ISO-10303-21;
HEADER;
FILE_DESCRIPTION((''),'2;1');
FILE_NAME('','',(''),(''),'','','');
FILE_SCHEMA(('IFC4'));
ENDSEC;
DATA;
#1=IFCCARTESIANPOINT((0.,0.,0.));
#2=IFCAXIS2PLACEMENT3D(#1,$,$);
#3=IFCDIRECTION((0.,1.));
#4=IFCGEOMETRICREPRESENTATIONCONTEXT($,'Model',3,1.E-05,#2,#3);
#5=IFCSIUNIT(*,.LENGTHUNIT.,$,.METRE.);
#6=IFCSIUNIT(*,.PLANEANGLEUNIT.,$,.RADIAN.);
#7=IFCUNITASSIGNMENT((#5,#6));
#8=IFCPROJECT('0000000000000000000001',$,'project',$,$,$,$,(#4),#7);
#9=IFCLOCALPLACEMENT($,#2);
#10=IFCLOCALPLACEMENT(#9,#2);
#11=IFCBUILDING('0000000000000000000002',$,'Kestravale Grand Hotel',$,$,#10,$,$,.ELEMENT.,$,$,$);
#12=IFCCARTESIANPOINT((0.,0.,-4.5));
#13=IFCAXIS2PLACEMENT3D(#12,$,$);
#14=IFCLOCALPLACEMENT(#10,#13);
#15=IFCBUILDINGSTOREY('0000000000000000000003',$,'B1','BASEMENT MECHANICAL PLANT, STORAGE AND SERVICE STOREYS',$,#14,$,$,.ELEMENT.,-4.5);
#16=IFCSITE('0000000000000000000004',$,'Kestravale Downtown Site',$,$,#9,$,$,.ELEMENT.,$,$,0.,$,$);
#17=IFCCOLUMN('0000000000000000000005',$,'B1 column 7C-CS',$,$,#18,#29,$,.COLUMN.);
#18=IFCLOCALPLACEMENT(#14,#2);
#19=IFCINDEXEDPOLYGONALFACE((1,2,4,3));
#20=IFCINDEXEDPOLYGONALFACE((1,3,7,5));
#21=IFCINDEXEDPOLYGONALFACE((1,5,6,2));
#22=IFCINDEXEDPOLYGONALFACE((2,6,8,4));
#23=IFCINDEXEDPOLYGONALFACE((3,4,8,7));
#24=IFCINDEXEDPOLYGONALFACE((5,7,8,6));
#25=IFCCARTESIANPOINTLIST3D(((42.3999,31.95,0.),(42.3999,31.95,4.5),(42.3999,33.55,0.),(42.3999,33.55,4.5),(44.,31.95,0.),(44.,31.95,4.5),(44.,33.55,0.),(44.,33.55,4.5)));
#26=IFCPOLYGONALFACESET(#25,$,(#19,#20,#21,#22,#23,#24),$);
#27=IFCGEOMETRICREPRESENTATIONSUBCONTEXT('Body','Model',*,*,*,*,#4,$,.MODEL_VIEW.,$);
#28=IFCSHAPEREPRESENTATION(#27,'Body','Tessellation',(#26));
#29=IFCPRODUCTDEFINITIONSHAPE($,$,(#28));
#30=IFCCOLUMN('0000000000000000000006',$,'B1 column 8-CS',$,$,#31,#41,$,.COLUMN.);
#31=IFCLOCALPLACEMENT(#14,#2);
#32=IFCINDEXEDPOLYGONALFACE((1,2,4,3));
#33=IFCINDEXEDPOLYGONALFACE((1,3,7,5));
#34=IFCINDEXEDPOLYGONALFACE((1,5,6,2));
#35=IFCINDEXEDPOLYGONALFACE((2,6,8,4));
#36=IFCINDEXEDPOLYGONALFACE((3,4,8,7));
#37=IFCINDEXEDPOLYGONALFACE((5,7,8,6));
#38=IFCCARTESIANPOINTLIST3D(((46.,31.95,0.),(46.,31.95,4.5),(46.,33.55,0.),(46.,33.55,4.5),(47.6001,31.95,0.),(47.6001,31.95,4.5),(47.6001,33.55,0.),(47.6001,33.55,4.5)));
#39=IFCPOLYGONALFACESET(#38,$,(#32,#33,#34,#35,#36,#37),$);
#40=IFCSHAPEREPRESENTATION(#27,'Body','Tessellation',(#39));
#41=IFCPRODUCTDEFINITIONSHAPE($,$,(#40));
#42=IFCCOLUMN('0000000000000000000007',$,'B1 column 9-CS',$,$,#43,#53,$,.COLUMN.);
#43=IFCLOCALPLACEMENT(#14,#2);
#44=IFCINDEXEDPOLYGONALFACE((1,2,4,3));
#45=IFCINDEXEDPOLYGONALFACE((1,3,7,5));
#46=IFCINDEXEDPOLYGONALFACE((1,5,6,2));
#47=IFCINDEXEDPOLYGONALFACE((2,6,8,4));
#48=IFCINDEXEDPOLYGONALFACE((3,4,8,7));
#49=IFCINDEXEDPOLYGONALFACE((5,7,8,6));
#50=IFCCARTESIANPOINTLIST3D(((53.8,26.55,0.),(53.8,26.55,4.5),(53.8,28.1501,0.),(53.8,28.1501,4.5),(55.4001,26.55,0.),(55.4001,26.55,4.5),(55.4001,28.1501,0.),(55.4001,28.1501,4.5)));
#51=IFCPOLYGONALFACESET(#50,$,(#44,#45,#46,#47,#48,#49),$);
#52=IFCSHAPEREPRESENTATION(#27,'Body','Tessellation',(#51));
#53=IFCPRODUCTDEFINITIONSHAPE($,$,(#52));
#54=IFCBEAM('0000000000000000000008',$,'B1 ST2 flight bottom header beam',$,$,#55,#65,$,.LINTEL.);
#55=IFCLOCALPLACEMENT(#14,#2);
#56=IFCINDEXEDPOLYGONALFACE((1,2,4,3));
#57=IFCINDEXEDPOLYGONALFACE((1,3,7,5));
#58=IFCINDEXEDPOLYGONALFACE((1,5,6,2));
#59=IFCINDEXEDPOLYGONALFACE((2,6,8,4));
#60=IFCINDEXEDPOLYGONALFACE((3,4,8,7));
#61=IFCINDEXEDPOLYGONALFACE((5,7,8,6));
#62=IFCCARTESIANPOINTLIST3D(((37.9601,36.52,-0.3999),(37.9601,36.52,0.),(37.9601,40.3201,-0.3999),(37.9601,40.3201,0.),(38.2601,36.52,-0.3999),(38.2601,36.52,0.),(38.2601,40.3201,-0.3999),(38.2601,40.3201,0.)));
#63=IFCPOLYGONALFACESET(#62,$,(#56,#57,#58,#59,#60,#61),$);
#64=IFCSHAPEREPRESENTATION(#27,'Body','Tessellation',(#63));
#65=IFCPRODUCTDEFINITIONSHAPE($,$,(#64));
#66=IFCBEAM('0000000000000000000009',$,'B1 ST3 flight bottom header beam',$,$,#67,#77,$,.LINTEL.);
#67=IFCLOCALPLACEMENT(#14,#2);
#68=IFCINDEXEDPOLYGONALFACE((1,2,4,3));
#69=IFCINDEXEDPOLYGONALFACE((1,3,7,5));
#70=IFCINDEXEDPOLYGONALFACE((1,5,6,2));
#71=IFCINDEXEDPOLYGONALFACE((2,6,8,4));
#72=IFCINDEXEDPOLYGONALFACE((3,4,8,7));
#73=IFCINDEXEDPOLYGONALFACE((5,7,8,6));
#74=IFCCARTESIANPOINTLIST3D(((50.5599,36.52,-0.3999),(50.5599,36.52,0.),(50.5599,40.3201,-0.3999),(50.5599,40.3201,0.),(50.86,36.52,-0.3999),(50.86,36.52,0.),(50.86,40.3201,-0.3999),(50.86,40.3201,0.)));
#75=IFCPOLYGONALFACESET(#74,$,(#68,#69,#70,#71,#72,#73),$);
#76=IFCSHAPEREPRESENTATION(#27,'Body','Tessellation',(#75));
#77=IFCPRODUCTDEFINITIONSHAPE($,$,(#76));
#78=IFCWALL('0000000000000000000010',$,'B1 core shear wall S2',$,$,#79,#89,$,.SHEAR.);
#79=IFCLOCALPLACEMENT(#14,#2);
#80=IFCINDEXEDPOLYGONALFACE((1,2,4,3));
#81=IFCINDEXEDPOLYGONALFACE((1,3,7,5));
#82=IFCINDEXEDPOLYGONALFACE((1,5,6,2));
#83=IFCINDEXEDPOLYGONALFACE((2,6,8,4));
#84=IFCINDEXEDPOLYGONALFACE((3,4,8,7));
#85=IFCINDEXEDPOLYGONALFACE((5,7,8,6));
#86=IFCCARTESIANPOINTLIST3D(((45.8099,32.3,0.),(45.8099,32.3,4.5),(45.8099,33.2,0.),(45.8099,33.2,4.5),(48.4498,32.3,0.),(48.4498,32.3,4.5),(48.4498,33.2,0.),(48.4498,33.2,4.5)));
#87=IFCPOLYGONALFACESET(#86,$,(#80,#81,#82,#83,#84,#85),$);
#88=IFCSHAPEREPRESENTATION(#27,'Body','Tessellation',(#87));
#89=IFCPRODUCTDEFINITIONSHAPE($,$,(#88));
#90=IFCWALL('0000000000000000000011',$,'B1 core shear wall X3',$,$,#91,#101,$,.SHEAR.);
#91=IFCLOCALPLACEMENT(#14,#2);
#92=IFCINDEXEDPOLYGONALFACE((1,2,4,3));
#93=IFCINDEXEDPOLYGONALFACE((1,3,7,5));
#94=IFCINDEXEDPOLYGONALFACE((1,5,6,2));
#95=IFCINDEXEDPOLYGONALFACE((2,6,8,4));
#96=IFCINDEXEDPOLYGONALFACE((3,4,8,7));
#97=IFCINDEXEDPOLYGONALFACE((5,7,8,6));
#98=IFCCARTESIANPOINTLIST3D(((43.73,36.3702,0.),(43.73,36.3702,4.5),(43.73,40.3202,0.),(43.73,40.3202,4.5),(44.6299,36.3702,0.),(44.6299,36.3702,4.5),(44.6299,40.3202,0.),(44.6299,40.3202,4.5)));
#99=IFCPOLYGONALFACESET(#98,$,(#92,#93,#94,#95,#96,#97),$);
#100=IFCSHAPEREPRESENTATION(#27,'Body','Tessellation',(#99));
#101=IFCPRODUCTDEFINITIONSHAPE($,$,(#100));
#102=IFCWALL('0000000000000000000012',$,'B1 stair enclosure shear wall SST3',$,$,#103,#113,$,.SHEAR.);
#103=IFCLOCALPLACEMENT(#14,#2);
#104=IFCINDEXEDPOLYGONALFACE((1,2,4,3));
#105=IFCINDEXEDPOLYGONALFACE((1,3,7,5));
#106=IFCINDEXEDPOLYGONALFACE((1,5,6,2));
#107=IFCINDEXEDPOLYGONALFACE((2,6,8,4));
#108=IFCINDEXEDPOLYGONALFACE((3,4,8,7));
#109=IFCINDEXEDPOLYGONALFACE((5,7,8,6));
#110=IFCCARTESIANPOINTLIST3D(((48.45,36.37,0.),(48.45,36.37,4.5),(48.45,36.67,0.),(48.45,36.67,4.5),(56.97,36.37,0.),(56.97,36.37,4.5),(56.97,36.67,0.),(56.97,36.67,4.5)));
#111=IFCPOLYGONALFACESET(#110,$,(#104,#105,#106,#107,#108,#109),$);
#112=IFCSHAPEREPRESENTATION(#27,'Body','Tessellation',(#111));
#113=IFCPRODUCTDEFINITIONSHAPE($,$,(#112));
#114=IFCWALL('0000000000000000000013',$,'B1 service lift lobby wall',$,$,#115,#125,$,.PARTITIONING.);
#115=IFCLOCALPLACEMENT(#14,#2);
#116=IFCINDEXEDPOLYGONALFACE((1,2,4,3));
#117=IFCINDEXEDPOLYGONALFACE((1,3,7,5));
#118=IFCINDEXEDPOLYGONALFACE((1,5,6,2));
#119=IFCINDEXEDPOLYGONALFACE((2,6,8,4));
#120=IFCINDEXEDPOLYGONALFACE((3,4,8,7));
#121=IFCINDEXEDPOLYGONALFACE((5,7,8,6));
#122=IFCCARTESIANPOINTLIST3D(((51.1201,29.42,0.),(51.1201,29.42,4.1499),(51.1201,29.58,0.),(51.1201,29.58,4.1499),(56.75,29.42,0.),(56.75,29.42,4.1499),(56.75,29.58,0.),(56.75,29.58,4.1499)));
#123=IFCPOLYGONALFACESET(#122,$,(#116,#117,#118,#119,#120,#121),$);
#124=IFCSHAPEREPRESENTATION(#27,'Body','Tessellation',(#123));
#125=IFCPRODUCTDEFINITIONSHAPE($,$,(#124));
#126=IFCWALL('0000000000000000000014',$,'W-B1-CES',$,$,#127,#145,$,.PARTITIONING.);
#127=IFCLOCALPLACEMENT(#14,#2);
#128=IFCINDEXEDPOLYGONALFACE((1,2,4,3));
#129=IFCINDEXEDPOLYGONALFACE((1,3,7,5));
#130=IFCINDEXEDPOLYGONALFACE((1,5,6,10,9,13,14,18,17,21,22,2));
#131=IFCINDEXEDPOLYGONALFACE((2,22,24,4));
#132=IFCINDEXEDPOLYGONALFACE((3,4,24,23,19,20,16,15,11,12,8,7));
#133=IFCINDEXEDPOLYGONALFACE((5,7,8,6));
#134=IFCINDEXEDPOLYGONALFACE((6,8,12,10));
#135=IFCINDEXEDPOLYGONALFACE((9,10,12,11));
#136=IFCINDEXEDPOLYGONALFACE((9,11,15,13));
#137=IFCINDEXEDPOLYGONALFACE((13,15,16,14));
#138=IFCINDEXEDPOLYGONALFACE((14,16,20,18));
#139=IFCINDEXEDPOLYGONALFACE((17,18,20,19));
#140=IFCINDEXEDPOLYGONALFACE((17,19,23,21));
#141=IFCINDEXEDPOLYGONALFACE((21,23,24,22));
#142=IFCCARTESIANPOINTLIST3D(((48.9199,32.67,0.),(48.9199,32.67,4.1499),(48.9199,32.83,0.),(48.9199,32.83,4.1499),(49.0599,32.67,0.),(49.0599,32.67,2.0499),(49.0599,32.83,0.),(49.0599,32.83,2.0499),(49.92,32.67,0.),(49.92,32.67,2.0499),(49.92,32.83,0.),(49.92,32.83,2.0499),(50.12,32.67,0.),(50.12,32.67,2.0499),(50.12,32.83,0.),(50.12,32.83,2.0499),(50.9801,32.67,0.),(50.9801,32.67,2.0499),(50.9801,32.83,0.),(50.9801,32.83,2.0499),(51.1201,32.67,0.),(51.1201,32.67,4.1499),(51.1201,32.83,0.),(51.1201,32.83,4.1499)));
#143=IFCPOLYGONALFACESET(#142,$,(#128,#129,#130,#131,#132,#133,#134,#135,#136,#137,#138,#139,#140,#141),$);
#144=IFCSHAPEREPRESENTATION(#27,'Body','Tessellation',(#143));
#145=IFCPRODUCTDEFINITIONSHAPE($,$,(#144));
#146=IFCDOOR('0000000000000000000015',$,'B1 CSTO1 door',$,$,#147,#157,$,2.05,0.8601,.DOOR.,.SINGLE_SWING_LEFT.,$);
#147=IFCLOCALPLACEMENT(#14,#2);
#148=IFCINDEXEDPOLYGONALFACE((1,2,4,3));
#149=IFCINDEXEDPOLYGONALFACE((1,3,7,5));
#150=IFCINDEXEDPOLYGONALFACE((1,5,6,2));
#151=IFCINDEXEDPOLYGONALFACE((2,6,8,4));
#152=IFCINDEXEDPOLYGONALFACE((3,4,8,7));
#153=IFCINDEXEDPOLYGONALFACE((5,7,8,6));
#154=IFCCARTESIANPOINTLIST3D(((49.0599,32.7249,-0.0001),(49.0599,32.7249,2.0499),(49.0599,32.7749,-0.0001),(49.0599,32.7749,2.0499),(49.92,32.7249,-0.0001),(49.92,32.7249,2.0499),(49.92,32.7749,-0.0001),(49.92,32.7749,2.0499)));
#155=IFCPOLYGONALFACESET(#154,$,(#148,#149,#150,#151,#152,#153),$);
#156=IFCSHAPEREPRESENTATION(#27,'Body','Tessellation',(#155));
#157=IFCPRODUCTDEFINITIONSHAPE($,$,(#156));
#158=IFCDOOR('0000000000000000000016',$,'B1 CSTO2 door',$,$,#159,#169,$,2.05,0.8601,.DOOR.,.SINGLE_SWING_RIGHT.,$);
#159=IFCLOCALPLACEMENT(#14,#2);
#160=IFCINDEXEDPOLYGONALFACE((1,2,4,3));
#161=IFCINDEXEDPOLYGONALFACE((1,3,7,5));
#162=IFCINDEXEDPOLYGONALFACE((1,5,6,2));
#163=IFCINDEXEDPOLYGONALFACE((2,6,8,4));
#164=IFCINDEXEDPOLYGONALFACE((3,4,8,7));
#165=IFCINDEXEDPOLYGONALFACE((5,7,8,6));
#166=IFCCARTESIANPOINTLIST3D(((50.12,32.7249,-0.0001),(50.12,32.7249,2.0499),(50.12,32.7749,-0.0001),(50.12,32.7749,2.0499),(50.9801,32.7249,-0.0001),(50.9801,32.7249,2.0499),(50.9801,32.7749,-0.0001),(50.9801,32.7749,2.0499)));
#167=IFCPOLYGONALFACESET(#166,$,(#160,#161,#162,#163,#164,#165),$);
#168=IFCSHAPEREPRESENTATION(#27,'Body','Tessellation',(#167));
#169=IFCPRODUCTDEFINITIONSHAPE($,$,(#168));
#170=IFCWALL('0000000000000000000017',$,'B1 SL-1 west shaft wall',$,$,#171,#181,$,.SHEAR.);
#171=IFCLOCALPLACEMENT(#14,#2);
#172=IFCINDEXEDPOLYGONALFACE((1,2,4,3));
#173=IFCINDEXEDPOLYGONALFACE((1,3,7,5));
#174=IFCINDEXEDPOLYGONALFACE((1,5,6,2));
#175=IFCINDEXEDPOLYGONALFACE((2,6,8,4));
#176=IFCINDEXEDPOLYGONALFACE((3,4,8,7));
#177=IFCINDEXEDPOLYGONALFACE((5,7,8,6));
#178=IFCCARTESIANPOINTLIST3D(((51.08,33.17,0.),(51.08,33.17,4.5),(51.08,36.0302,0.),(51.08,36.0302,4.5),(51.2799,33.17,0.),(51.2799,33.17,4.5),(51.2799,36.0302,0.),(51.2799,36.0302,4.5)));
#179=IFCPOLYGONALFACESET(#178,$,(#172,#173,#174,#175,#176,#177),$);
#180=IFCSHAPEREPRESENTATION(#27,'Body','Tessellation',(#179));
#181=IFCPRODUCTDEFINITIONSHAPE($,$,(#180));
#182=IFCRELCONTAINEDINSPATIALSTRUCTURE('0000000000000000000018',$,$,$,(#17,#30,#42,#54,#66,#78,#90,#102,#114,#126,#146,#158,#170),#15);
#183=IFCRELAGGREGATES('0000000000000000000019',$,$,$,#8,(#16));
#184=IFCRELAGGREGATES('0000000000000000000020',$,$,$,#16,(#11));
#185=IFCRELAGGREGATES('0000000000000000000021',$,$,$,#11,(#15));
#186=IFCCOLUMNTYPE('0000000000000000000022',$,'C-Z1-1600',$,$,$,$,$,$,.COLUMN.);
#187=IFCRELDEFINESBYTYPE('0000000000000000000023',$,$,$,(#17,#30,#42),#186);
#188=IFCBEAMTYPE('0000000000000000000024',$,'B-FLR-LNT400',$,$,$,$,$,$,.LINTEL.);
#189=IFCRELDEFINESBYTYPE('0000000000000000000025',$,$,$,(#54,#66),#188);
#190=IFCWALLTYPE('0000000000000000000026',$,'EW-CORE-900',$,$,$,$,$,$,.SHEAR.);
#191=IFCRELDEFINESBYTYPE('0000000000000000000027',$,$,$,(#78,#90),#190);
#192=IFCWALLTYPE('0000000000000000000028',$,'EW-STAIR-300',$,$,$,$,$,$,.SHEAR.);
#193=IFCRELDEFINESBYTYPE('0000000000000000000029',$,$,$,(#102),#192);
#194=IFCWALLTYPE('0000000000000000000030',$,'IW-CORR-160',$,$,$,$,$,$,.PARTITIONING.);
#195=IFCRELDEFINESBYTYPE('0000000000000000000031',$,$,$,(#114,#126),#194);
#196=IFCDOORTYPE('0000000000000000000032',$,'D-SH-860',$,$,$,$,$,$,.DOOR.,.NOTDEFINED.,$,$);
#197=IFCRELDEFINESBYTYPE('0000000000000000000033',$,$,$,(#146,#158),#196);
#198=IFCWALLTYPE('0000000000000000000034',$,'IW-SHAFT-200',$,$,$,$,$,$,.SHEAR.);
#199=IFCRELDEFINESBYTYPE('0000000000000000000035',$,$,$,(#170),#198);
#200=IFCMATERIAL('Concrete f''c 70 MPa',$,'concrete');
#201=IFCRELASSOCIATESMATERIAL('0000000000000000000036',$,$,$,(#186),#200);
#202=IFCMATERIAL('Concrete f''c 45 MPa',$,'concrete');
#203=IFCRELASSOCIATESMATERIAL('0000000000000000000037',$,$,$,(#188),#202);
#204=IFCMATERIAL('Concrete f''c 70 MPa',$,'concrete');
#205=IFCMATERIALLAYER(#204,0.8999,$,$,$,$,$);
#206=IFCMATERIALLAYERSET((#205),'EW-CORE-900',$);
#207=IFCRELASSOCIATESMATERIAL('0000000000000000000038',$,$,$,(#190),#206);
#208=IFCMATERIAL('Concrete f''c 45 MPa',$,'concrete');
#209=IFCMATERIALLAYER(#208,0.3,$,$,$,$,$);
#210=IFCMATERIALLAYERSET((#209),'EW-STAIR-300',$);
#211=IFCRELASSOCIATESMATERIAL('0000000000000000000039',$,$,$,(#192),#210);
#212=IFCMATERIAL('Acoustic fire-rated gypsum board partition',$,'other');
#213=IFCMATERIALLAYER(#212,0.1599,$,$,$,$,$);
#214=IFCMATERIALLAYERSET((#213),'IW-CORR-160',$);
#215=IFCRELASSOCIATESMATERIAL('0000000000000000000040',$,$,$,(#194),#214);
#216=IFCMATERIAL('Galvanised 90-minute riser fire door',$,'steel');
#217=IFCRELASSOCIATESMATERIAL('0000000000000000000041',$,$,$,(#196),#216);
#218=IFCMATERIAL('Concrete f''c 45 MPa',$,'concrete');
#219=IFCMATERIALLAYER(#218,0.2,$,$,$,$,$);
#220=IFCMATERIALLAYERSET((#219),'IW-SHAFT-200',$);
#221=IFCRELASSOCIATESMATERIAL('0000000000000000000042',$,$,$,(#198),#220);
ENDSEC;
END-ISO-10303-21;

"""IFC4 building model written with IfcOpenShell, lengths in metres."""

from ifc_helpers import new_model, si_unit, direction, frame, frame_2d, origin, origin_2d, place, context, subcontext, project, spatial, rectangle, extrude, material, layer, layer_set, material_profile, profile_set, type_object, element, fill, save


model = new_model("IFC4")

# Units and contexts
model_context = context("Model", 3, precision=1e-05, world=origin(), true_north=direction((0.0, 1.0)))
body_context = subcontext(model_context, "Body", "Model", "MODEL_VIEW")
ifc_project = project(units=[si_unit("LENGTHUNIT", "METRE"), si_unit("PLANEANGLEUNIT", "RADIAN")], contexts=[model_context])

# Site, building, storey
site_placement = place(None, origin())
site = spatial("IfcSite", under=ifc_project, at=site_placement, Name="Kestravale Downtown Site", CompositionType="ELEMENT", RefElevation=0.0)
building_placement = place(site_placement, origin())
building = spatial("IfcBuilding", under=site, at=building_placement, Name="Kestravale Grand Hotel", CompositionType="ELEMENT")
storey_placement = place(building_placement, frame((0.0, 0.0, -4.5)))
storey = spatial("IfcBuildingStorey", under=building, at=storey_placement, Name="B1", Description="BASEMENT MECHANICAL PLANT, STORAGE AND SERVICE STOREYS", CompositionType="ELEMENT", Elevation=-4.5)

# Columns
ifc_material_1 = material(Name="Concrete f'c 70 MPa", Category="concrete")
ifc_material_profile_1 = material_profile(ifc_material_1, rectangle(XDim=1.6001, YDim=1.6001, at=origin_2d()))
ifc_profile_set_1 = profile_set([ifc_material_profile_1], Name="Concrete f'c 70 MPa")
column_type = type_object("IfcColumnType", Name="C-Z1-1600", PredefinedType="COLUMN", material=ifc_profile_set_1)
for number, where, z_axis, x_axis, name in (
    (1, (43.2, 32.75, 0.0), (0.0, 0.0, 1.0), (1.0, 0.0, 0.0), "B1 column 7C-CS"),
    (2, (46.8, 32.75, 0.0), (0.0, 0.0, 1.0), (1.0, 0.0, 0.0), "B1 column 8-CS"),
    (3, (54.6001, 27.3501, 0.0), (0.0, 0.0, 1.0), (1.0, 0.0, 0.0), "B1 column 9-CS"),
):
    element("IfcColumn", number, at=place(storey_placement, frame(where, z_axis=z_axis, x_axis=x_axis)), inside=storey, type_object=column_type, Name=name, PredefinedType="COLUMN", context=body_context, shape_type="SweptSolid", body=[
        extrude(rectangle(XDim=1.6001, YDim=1.6001, at=origin_2d()), origin(), (0.0, 0.0, 1.0), 4.5),
    ])

# Beams
ifc_material_2 = material(Name="Concrete f'c 45 MPa", Category="concrete")
ifc_material_profile_2 = material_profile(ifc_material_2, rectangle(XDim=0.3, YDim=0.3999, at=origin_2d()))
ifc_profile_set_2 = profile_set([ifc_material_profile_2], Name="Concrete f'c 45 MPa")
beam_type = type_object("IfcBeamType", Name="B-FLR-LNT400", PredefinedType="LINTEL", material=ifc_profile_set_2)
for number, where, z_axis, x_axis, name in (
    (4, (38.1101, 36.52, -0.2), (0.0, 1.0, 0.0), (-1.0, 0.0, 0.0), "B1 ST2 flight bottom header beam"),
    (5, (50.71, 36.52, -0.2), (0.0, 1.0, 0.0), (-1.0, 0.0, 0.0), "B1 ST3 flight bottom header beam"),
):
    element("IfcBeam", number, at=place(storey_placement, frame(where, z_axis=z_axis, x_axis=x_axis)), inside=storey, type_object=beam_type, Name=name, PredefinedType="LINTEL", context=body_context, shape_type="SweptSolid", body=[
        extrude(rectangle(XDim=0.3, YDim=0.3999, at=origin_2d()), origin(), (0.0, 0.0, 1.0), 3.8),
    ])

# Walls
ifc_material_3 = material(Name="Concrete f'c 70 MPa", Category="concrete")
ifc_layer_1 = layer(ifc_material_3, 0.8999)
ifc_layer_set_1 = layer_set([ifc_layer_1], Name="EW-CORE-900")
wall_type_1 = type_object("IfcWallType", Name="EW-CORE-900", PredefinedType="SHEAR", material=ifc_layer_set_1)
wall_1_placement = place(storey_placement, frame((45.8101, 32.75, 0.0), z_axis=(0.0, 0.0, 1.0), x_axis=(1.0, 0.0, 0.0)))
element("IfcWall", 6, at=wall_1_placement, inside=storey, type_object=wall_type_1, Name="B1 core shear wall S2", PredefinedType="SHEAR", context=body_context, shape_type="SweptSolid", body=[
    extrude(rectangle(XDim=2.6399, YDim=0.8999, at=frame_2d((1.3198, 0.0))), origin(), (0.0, 0.0, 1.0), 4.5),
])
wall_2_placement = place(storey_placement, frame((44.1799, 36.3701, 0.0), z_axis=(0.0, 0.0, 1.0), x_axis=(0.0, 1.0, 0.0)))
element("IfcWall", 7, at=wall_2_placement, inside=storey, type_object=wall_type_1, Name="B1 core shear wall X3", PredefinedType="SHEAR", context=body_context, shape_type="SweptSolid", body=[
    extrude(rectangle(XDim=3.95, YDim=0.8999, at=frame_2d((1.9751, 0.0))), origin(), (0.0, 0.0, 1.0), 4.5),
])

# Wall
ifc_material_4 = material(Name="Concrete f'c 45 MPa", Category="concrete")
ifc_layer_2 = layer(ifc_material_4, 0.3)
ifc_layer_set_2 = layer_set([ifc_layer_2], Name="EW-STAIR-300")
wall_type_2 = type_object("IfcWallType", Name="EW-STAIR-300", PredefinedType="SHEAR", material=ifc_layer_set_2)
wall_3_placement = place(storey_placement, frame((48.45, 36.52, 0.0), z_axis=(0.0, 0.0, 1.0), x_axis=(1.0, 0.0, 0.0)))
element("IfcWall", 8, at=wall_3_placement, inside=storey, type_object=wall_type_2, Name="B1 stair enclosure shear wall SST3", PredefinedType="SHEAR", context=body_context, shape_type="SweptSolid", body=[
    extrude(rectangle(XDim=8.52, YDim=0.3, at=frame_2d((4.26, 0.0))), origin(), (0.0, 0.0, 1.0), 4.5),
])

# Shared definitions
ifc_material_5 = material(Name="Acoustic fire-rated gypsum board partition", Category="other")
ifc_layer_3 = layer(ifc_material_5, 0.1599)
ifc_layer_set_3 = layer_set([ifc_layer_3], Name="IW-CORR-160")
wall_type_3 = type_object("IfcWallType", Name="IW-CORR-160", PredefinedType="PARTITIONING", material=ifc_layer_set_3)

# Wall
wall_4_placement = place(storey_placement, frame((51.1201, 29.5, 0.0), z_axis=(0.0, 0.0, 1.0), x_axis=(1.0, 0.0, 0.0)))
element("IfcWall", 9, at=wall_4_placement, inside=storey, type_object=wall_type_3, Name="B1 service lift lobby wall", PredefinedType="PARTITIONING", context=body_context, shape_type="SweptSolid", body=[
    extrude(rectangle(XDim=5.6299, YDim=0.1599, at=frame_2d((2.8149, 0.0))), origin(), (0.0, 0.0, 1.0), 4.1499),
])

# Wall, openings, doors
wall_5_placement = place(storey_placement, frame((48.9199, 32.75, 0.0), z_axis=(0.0, 0.0, 1.0), x_axis=(1.0, 0.0, 0.0)))
wall_5 = element("IfcWall", 10, at=wall_5_placement, inside=storey, type_object=wall_type_3, Name="W-B1-CES", PredefinedType="PARTITIONING", context=body_context, shape_type="SweptSolid", body=[
    extrude(rectangle(XDim=2.2002, YDim=0.1599, at=frame_2d((1.1001, 0.0))), origin(), (0.0, 0.0, 1.0), 4.1499),
])
opening_1_placement = place(wall_5_placement, frame((0.1399, 0.0, 0.0)))
opening_1 = element("IfcOpeningElement", 11, at=opening_1_placement, cuts=wall_5, PredefinedType="OPENING", context=body_context, shape_type="SweptSolid", body=[
    extrude(rectangle(XDim=0.8601, YDim=2.05, at=frame_2d((0.4302, 1.0249))), frame((0.0, 0.0898, 0.0), z_axis=(0.0, -1.0, 0.0), x_axis=(1.0, 0.0, 0.0)), (0.0, 0.0, 1.0), 0.1799),
])
opening_2_placement = place(wall_5_placement, frame((1.2, 0.0, 0.0)))
opening_2 = element("IfcOpeningElement", 12, at=opening_2_placement, cuts=wall_5, PredefinedType="OPENING", context=body_context, shape_type="SweptSolid", body=[
    extrude(rectangle(XDim=0.8601, YDim=2.05, at=frame_2d((0.4302, 1.0249))), frame((0.0, 0.0898, 0.0), z_axis=(0.0, -1.0, 0.0), x_axis=(1.0, 0.0, 0.0)), (0.0, 0.0, 1.0), 0.1799),
])
ifc_material_6 = material(Name="Galvanised 90-minute riser fire door", Category="steel")
door_type_1 = type_object("IfcDoorType", Name="D-SH-860", OperationType="NOTDEFINED", PredefinedType="DOOR", material=ifc_material_6)
door_1_placement = place(opening_1_placement, origin())
door_1 = element("IfcDoor", 13, at=door_1_placement, inside=storey, type_object=door_type_1, Name="B1 CSTO1 door", OperationType="SINGLE_SWING_LEFT", OverallHeight=2.05, OverallWidth=0.8601, PredefinedType="DOOR", context=body_context, shape_type="SweptSolid", body=[
    extrude(rectangle(XDim=0.8601, YDim=2.05, at=frame_2d((0.4302, 1.0249))), frame((0.0, 0.0249, 0.0), z_axis=(0.0, -1.0, 0.0), x_axis=(1.0, 0.0, 0.0)), (0.0, 0.0, 1.0), 0.05),
])
fill(opening_1, door_1)
door_2_placement = place(opening_2_placement, origin())
door_2 = element("IfcDoor", 14, at=door_2_placement, inside=storey, type_object=door_type_1, Name="B1 CSTO2 door", OperationType="SINGLE_SWING_RIGHT", OverallHeight=2.05, OverallWidth=0.8601, PredefinedType="DOOR", context=body_context, shape_type="SweptSolid", body=[
    extrude(rectangle(XDim=0.8601, YDim=2.05, at=frame_2d((0.4302, 1.0249))), frame((0.0, 0.0249, 0.0), z_axis=(0.0, -1.0, 0.0), x_axis=(1.0, 0.0, 0.0)), (0.0, 0.0, 1.0), 0.05),
])
fill(opening_2, door_2)

# Wall
ifc_material_7 = material(Name="Concrete f'c 45 MPa", Category="concrete")
ifc_layer_4 = layer(ifc_material_7, 0.2)
ifc_layer_set_4 = layer_set([ifc_layer_4], Name="IW-SHAFT-200")
wall_type_4 = type_object("IfcWallType", Name="IW-SHAFT-200", PredefinedType="SHEAR", material=ifc_layer_set_4)
for number, where, z_axis, x_axis, name in (
    (15, (51.1799, 33.1699, 0.0), (0.0, 0.0, 1.0), (0.0, 1.0, 0.0), "B1 SL-1 west shaft wall"),
):
    element("IfcWall", number, at=place(storey_placement, frame(where, z_axis=z_axis, x_axis=x_axis)), inside=storey, type_object=wall_type_4, Name=name, PredefinedType="SHEAR", context=body_context, shape_type="SweptSolid", body=[
        extrude(rectangle(XDim=2.8601, YDim=0.2, at=frame_2d((1.4302, 0.0))), origin(), (0.0, 0.0, 1.0), 4.5),
    ])

save(model, "model.ifc")
